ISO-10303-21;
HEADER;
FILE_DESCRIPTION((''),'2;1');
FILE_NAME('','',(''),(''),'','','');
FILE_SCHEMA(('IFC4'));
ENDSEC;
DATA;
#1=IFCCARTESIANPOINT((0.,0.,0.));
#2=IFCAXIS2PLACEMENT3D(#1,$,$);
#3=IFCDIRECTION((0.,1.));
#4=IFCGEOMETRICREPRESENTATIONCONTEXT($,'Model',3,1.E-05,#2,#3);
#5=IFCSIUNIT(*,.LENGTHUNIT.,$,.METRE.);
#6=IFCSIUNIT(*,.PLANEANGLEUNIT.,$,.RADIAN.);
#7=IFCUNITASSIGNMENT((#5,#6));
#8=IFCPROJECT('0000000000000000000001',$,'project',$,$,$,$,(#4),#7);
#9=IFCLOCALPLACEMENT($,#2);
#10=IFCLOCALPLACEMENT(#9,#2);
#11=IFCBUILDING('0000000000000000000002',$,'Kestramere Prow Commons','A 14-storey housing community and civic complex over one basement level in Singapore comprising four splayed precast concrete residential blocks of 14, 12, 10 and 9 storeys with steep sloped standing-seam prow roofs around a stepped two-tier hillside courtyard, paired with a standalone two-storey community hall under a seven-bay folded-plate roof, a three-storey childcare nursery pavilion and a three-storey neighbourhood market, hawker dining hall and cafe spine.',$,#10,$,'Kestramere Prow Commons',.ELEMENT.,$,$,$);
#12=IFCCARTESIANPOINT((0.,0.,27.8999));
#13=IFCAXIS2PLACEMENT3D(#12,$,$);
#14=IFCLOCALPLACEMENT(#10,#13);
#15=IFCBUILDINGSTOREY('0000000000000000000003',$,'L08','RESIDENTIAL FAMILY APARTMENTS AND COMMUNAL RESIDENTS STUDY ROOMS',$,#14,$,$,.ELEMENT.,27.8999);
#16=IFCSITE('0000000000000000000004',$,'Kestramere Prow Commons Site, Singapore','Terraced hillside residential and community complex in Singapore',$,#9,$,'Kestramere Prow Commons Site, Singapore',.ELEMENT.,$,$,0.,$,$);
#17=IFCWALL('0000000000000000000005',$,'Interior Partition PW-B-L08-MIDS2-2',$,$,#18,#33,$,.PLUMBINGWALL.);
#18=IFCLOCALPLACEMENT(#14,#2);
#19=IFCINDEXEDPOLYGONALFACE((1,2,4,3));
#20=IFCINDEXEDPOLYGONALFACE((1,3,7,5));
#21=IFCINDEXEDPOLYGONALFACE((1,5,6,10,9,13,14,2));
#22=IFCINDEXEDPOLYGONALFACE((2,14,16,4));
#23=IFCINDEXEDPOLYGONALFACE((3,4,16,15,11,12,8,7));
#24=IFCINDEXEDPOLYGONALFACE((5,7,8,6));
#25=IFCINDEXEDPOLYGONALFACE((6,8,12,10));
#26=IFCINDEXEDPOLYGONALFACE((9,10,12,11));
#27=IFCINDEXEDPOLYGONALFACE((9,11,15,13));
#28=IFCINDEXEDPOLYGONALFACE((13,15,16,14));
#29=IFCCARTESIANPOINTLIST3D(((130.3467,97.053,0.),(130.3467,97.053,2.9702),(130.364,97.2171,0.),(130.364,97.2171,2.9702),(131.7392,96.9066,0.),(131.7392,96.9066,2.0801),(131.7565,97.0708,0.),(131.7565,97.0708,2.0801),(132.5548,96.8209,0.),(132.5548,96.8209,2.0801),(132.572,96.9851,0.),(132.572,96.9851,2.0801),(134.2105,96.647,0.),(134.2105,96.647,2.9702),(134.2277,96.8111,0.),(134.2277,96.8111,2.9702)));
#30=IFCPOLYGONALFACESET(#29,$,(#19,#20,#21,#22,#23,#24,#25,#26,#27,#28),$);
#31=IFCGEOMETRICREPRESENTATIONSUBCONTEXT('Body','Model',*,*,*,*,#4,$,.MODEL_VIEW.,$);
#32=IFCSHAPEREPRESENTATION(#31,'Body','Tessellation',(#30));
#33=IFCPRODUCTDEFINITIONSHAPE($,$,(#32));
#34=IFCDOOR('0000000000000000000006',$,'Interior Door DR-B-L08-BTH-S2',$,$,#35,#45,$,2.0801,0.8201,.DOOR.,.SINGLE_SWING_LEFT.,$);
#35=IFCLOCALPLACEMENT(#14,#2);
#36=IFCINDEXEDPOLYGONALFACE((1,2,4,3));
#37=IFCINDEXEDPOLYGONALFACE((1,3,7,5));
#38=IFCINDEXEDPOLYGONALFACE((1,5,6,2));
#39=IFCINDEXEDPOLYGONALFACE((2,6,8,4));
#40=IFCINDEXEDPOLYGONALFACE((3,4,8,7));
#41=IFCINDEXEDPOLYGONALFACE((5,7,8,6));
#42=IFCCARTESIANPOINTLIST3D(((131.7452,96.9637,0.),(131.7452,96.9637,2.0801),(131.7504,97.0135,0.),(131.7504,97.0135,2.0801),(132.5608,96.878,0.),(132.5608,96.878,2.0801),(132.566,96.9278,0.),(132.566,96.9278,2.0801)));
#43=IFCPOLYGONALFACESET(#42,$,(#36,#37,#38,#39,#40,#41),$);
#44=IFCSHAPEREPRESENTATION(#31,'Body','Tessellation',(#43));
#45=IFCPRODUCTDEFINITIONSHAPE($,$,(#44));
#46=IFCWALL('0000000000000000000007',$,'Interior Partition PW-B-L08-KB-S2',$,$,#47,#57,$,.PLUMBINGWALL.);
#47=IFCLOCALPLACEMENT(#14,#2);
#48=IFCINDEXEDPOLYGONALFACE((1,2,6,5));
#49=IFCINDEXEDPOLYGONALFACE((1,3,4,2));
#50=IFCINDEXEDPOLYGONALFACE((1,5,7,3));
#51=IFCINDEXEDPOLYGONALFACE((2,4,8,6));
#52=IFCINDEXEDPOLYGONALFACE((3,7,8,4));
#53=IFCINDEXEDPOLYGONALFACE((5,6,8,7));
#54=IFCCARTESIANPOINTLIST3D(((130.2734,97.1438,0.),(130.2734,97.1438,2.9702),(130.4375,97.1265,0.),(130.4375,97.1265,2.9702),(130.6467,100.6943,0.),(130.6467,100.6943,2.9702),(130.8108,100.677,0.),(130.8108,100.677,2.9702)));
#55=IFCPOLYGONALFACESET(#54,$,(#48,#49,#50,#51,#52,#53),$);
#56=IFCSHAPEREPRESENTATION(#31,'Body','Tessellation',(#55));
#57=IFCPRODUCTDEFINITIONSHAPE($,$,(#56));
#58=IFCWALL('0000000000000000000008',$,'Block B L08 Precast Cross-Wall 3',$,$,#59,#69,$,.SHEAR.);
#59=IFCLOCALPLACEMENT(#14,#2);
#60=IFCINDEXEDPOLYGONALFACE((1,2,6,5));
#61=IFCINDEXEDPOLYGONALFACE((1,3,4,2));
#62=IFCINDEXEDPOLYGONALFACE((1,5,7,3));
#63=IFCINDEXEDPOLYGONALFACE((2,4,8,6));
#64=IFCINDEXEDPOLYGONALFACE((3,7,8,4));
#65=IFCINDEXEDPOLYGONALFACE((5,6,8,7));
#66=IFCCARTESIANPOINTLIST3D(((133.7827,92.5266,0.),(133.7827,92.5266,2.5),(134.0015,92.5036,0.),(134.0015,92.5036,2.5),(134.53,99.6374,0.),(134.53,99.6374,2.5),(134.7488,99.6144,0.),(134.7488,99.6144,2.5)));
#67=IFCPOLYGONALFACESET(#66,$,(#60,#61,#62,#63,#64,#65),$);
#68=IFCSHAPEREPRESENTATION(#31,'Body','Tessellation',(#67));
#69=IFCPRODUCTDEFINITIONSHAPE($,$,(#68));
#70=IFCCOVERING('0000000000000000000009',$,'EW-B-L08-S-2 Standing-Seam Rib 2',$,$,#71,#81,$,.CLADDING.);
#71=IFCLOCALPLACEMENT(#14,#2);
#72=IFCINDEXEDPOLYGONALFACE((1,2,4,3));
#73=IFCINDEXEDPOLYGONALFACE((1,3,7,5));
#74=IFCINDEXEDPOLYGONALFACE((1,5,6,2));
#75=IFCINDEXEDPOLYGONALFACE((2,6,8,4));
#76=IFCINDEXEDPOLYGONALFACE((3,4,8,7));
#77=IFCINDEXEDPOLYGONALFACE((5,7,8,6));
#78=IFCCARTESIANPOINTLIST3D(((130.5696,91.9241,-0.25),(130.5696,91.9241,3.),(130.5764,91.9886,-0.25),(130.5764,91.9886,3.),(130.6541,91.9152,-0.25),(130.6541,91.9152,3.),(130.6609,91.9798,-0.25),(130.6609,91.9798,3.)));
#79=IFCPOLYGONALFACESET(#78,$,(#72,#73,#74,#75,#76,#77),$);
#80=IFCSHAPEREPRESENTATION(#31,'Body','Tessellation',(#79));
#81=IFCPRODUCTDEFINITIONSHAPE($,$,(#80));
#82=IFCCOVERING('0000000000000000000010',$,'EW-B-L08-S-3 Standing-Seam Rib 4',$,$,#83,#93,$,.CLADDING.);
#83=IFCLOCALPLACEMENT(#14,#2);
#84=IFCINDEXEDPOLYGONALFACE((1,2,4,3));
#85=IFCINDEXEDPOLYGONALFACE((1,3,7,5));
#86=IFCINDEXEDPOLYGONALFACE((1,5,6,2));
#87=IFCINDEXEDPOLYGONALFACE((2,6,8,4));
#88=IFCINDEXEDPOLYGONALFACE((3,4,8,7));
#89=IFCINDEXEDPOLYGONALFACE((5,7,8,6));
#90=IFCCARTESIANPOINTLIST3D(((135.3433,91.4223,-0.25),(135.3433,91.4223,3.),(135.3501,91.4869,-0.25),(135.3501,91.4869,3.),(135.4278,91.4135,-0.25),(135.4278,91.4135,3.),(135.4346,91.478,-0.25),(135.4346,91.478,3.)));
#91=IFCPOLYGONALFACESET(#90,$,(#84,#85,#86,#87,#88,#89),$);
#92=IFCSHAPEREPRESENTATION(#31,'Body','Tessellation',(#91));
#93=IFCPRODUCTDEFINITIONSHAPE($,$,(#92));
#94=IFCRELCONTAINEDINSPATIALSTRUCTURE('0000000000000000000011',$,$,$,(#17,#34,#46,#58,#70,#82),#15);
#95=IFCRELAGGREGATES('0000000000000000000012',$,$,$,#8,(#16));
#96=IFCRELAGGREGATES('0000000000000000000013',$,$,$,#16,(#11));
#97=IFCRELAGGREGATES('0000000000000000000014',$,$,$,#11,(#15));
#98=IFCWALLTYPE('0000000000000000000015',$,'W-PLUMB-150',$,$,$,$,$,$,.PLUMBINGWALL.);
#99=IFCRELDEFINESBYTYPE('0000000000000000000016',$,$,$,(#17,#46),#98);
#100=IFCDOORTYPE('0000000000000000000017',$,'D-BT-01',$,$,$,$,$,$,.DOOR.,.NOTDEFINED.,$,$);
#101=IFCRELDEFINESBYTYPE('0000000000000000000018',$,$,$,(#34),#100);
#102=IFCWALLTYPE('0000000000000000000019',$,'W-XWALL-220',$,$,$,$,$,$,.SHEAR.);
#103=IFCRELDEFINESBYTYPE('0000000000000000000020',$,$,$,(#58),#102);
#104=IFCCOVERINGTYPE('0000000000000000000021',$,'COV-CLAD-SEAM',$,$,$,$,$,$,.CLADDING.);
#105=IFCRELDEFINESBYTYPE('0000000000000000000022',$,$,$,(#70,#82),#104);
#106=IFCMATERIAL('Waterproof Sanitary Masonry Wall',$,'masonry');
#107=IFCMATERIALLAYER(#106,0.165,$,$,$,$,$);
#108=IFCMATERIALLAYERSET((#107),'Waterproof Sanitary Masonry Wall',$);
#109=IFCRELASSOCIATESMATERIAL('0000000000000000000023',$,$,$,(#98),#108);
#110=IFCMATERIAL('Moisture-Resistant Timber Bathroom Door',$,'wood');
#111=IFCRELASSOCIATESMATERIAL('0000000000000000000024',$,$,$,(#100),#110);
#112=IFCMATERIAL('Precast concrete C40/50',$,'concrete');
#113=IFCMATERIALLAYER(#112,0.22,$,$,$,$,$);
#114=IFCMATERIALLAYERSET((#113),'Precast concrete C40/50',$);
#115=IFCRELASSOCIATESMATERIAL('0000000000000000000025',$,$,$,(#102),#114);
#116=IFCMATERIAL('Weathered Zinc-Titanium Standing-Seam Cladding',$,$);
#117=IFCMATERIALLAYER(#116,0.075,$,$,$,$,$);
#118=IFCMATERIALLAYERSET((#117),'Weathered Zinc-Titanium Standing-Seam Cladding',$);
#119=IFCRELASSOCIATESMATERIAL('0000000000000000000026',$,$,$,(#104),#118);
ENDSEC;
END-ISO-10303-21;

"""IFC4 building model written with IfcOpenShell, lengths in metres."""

from ifc_helpers import new_model, si_unit, direction, frame, frame_2d, origin, origin_2d, place, context, subcontext, project, spatial, rectangle, extrude, material, layer, layer_set, type_object, element, fill, save


model = new_model("IFC4")

# Units and contexts
model_context = context("Model", 3, precision=1e-05, world=origin(), true_north=direction((0.0, 1.0)))
body_context = subcontext(model_context, "Body", "Model", "MODEL_VIEW")
ifc_project = project(units=[si_unit("LENGTHUNIT", "METRE"), si_unit("PLANEANGLEUNIT", "RADIAN")], contexts=[model_context])

# Site, building, storey
site_placement = place(None, origin())
site = spatial("IfcSite", under=ifc_project, at=site_placement, Name="Kestramere Prow Commons Site, Singapore", Description="Terraced hillside residential and community complex in Singapore", LongName="Kestramere Prow Commons Site, Singapore", CompositionType="ELEMENT", RefElevation=0.0)
building_placement = place(site_placement, origin())
building = spatial("IfcBuilding", under=site, at=building_placement, Name="Kestramere Prow Commons", Description="A 14-storey housing community and civic complex over one basement level in Singapore comprising four splayed precast concrete residential blocks of 14, 12, 10 and 9 storeys with steep sloped standing-seam prow roofs around a stepped two-tier hillside courtyard, paired with a standalone two-storey community hall under a seven-bay folded-plate roof, a three-storey childcare nursery pavilion and a three-storey neighbourhood market, hawker dining hall and cafe spine.", LongName="Kestramere Prow Commons", CompositionType="ELEMENT")
storey_placement = place(building_placement, frame((0.0, 0.0, 27.8999)))
storey = spatial("IfcBuildingStorey", under=building, at=storey_placement, Name="L08", Description="RESIDENTIAL FAMILY APARTMENTS AND COMMUNAL RESIDENTS STUDY ROOMS", CompositionType="ELEMENT", Elevation=27.8999)

# Shared definitions
ifc_material_1 = material(Name="Precast concrete C40/50", Category="concrete")

# Wall, opening, door
ifc_material_2 = material(Name="Waterproof Sanitary Masonry Wall", Category="masonry")
ifc_layer_1 = layer(ifc_material_2, 0.165)
ifc_layer_set_1 = layer_set([ifc_layer_1], Name="Waterproof Sanitary Masonry Wall")
wall_type_1 = type_object("IfcWallType", Name="W-PLUMB-150", PredefinedType="PLUMBINGWALL", material=ifc_layer_set_1)
wall_1_placement = place(storey_placement, frame((130.3555, 97.135, 0.0), z_axis=(0.0, 0.0, 1.0), x_axis=(0.994524, -0.104505, 0.0)))
wall_1 = element("IfcWall", 1, at=wall_1_placement, inside=storey, type_object=wall_type_1, Name="Interior Partition PW-B-L08-MIDS2-2", PredefinedType="PLUMBINGWALL", context=body_context, shape_type="SweptSolid", body=[
    extrude(rectangle(XDim=3.885, YDim=0.165, at=frame_2d((1.9424, 0.0))), origin(), (0.0, 0.0, 1.0), 2.9702),
])
opening_1_placement = place(wall_1_placement, frame((1.3999, 0.0, 0.0)))
opening_1 = element("IfcOpeningElement", 2, at=opening_1_placement, cuts=wall_1, PredefinedType="OPENING", context=body_context, shape_type="SweptSolid", body=[
    extrude(rectangle(XDim=0.8201, YDim=2.0801, at=frame_2d((0.4102, 1.04))), frame((0.0, 0.0974, 0.0), z_axis=(0.0, -1.0, 0.0), x_axis=(1.0, 0.0, 0.0)), (0.0, 0.0, 1.0), 0.1951),
])
ifc_material_3 = material(Name="Moisture-Resistant Timber Bathroom Door", Category="wood")
door_type_1 = type_object("IfcDoorType", Name="D-BT-01", OperationType="NOTDEFINED", PredefinedType="DOOR", material=ifc_material_3)
door_1_placement = place(opening_1_placement, origin())
door_1 = element("IfcDoor", 3, at=door_1_placement, inside=storey, type_object=door_type_1, Name="Interior Door DR-B-L08-BTH-S2", OperationType="SINGLE_SWING_LEFT", OverallHeight=2.0801, OverallWidth=0.8201, PredefinedType="DOOR", context=body_context, shape_type="SweptSolid", body=[
    extrude(rectangle(XDim=0.8201, YDim=2.0801, at=frame_2d((0.4102, 1.04))), frame((0.0, 0.0249, 0.0), z_axis=(0.0, -1.0, 0.0), x_axis=(1.0, 0.0, 0.0)), (0.0, 0.0, 1.0), 0.05),
])
fill(opening_1, door_1)

# Walls
wall_2_placement = place(storey_placement, frame((130.3555, 97.135, 0.0), z_axis=(0.0, 0.0, 1.0), x_axis=(0.10456, 0.994519, 0.0)))
element("IfcWall", 4, at=wall_2_placement, inside=storey, type_object=wall_type_1, Name="Interior Partition PW-B-L08-KB-S2", PredefinedType="PLUMBINGWALL", context=body_context, shape_type="SweptSolid", body=[
    extrude(rectangle(XDim=3.5701, YDim=0.165, at=frame_2d((1.7852, 0.0))), origin(), (0.0, 0.0, 1.0), 2.9702),
])
ifc_layer_2 = layer(ifc_material_1, 0.22)
ifc_layer_set_2 = layer_set([ifc_layer_2], Name="Precast concrete C40/50")
wall_type_2 = type_object("IfcWallType", Name="W-XWALL-220", PredefinedType="SHEAR", material=ifc_layer_set_2)
wall_3_placement = place(storey_placement, frame((133.8921, 92.5151, 0.0), z_axis=(0.0, 0.0, 1.0), x_axis=(0.104519, 0.994523, 0.0)))
element("IfcWall", 5, at=wall_3_placement, inside=storey, type_object=wall_type_2, Name="Block B L08 Precast Cross-Wall 3", PredefinedType="SHEAR", context=body_context, shape_type="SweptSolid", body=[
    extrude(rectangle(XDim=7.1499, YDim=0.22, at=frame_2d((3.575, 0.0))), origin(), (0.0, 0.0, 1.0), 2.5),
])

# Coverings
ifc_material_4 = material(Name="Weathered Zinc-Titanium Standing-Seam Cladding")
ifc_layer_3 = layer(ifc_material_4, 0.075)
ifc_layer_set_3 = layer_set([ifc_layer_3], Name="Weathered Zinc-Titanium Standing-Seam Cladding")
covering_type = type_object("IfcCoveringType", Name="COV-CLAD-SEAM", PredefinedType="CLADDING", material=ifc_layer_set_3)
for number, where, z_axis, x_axis, name in (
    (6, (130.6152, 91.9519, -0.25), (0.0, 0.0, 1.0), (-0.994522, 0.104528, 0.0), "EW-B-L08-S-2 Standing-Seam Rib 2"),
    (7, (135.3889, 91.4502, -0.25), (0.0, 0.0, 1.0), (-0.994522, 0.104528, 0.0), "EW-B-L08-S-3 Standing-Seam Rib 4"),
):
    element("IfcCovering", number, at=place(storey_placement, frame(where, z_axis=z_axis, x_axis=x_axis)), inside=storey, type_object=covering_type, Name=name, PredefinedType="CLADDING", context=body_context, shape_type="SweptSolid", body=[
        extrude(rectangle(XDim=0.085, YDim=0.0649, at=origin_2d()), origin(), (0.0, 0.0, 1.0), 3.25),
    ])

save(model, "model.ifc")
